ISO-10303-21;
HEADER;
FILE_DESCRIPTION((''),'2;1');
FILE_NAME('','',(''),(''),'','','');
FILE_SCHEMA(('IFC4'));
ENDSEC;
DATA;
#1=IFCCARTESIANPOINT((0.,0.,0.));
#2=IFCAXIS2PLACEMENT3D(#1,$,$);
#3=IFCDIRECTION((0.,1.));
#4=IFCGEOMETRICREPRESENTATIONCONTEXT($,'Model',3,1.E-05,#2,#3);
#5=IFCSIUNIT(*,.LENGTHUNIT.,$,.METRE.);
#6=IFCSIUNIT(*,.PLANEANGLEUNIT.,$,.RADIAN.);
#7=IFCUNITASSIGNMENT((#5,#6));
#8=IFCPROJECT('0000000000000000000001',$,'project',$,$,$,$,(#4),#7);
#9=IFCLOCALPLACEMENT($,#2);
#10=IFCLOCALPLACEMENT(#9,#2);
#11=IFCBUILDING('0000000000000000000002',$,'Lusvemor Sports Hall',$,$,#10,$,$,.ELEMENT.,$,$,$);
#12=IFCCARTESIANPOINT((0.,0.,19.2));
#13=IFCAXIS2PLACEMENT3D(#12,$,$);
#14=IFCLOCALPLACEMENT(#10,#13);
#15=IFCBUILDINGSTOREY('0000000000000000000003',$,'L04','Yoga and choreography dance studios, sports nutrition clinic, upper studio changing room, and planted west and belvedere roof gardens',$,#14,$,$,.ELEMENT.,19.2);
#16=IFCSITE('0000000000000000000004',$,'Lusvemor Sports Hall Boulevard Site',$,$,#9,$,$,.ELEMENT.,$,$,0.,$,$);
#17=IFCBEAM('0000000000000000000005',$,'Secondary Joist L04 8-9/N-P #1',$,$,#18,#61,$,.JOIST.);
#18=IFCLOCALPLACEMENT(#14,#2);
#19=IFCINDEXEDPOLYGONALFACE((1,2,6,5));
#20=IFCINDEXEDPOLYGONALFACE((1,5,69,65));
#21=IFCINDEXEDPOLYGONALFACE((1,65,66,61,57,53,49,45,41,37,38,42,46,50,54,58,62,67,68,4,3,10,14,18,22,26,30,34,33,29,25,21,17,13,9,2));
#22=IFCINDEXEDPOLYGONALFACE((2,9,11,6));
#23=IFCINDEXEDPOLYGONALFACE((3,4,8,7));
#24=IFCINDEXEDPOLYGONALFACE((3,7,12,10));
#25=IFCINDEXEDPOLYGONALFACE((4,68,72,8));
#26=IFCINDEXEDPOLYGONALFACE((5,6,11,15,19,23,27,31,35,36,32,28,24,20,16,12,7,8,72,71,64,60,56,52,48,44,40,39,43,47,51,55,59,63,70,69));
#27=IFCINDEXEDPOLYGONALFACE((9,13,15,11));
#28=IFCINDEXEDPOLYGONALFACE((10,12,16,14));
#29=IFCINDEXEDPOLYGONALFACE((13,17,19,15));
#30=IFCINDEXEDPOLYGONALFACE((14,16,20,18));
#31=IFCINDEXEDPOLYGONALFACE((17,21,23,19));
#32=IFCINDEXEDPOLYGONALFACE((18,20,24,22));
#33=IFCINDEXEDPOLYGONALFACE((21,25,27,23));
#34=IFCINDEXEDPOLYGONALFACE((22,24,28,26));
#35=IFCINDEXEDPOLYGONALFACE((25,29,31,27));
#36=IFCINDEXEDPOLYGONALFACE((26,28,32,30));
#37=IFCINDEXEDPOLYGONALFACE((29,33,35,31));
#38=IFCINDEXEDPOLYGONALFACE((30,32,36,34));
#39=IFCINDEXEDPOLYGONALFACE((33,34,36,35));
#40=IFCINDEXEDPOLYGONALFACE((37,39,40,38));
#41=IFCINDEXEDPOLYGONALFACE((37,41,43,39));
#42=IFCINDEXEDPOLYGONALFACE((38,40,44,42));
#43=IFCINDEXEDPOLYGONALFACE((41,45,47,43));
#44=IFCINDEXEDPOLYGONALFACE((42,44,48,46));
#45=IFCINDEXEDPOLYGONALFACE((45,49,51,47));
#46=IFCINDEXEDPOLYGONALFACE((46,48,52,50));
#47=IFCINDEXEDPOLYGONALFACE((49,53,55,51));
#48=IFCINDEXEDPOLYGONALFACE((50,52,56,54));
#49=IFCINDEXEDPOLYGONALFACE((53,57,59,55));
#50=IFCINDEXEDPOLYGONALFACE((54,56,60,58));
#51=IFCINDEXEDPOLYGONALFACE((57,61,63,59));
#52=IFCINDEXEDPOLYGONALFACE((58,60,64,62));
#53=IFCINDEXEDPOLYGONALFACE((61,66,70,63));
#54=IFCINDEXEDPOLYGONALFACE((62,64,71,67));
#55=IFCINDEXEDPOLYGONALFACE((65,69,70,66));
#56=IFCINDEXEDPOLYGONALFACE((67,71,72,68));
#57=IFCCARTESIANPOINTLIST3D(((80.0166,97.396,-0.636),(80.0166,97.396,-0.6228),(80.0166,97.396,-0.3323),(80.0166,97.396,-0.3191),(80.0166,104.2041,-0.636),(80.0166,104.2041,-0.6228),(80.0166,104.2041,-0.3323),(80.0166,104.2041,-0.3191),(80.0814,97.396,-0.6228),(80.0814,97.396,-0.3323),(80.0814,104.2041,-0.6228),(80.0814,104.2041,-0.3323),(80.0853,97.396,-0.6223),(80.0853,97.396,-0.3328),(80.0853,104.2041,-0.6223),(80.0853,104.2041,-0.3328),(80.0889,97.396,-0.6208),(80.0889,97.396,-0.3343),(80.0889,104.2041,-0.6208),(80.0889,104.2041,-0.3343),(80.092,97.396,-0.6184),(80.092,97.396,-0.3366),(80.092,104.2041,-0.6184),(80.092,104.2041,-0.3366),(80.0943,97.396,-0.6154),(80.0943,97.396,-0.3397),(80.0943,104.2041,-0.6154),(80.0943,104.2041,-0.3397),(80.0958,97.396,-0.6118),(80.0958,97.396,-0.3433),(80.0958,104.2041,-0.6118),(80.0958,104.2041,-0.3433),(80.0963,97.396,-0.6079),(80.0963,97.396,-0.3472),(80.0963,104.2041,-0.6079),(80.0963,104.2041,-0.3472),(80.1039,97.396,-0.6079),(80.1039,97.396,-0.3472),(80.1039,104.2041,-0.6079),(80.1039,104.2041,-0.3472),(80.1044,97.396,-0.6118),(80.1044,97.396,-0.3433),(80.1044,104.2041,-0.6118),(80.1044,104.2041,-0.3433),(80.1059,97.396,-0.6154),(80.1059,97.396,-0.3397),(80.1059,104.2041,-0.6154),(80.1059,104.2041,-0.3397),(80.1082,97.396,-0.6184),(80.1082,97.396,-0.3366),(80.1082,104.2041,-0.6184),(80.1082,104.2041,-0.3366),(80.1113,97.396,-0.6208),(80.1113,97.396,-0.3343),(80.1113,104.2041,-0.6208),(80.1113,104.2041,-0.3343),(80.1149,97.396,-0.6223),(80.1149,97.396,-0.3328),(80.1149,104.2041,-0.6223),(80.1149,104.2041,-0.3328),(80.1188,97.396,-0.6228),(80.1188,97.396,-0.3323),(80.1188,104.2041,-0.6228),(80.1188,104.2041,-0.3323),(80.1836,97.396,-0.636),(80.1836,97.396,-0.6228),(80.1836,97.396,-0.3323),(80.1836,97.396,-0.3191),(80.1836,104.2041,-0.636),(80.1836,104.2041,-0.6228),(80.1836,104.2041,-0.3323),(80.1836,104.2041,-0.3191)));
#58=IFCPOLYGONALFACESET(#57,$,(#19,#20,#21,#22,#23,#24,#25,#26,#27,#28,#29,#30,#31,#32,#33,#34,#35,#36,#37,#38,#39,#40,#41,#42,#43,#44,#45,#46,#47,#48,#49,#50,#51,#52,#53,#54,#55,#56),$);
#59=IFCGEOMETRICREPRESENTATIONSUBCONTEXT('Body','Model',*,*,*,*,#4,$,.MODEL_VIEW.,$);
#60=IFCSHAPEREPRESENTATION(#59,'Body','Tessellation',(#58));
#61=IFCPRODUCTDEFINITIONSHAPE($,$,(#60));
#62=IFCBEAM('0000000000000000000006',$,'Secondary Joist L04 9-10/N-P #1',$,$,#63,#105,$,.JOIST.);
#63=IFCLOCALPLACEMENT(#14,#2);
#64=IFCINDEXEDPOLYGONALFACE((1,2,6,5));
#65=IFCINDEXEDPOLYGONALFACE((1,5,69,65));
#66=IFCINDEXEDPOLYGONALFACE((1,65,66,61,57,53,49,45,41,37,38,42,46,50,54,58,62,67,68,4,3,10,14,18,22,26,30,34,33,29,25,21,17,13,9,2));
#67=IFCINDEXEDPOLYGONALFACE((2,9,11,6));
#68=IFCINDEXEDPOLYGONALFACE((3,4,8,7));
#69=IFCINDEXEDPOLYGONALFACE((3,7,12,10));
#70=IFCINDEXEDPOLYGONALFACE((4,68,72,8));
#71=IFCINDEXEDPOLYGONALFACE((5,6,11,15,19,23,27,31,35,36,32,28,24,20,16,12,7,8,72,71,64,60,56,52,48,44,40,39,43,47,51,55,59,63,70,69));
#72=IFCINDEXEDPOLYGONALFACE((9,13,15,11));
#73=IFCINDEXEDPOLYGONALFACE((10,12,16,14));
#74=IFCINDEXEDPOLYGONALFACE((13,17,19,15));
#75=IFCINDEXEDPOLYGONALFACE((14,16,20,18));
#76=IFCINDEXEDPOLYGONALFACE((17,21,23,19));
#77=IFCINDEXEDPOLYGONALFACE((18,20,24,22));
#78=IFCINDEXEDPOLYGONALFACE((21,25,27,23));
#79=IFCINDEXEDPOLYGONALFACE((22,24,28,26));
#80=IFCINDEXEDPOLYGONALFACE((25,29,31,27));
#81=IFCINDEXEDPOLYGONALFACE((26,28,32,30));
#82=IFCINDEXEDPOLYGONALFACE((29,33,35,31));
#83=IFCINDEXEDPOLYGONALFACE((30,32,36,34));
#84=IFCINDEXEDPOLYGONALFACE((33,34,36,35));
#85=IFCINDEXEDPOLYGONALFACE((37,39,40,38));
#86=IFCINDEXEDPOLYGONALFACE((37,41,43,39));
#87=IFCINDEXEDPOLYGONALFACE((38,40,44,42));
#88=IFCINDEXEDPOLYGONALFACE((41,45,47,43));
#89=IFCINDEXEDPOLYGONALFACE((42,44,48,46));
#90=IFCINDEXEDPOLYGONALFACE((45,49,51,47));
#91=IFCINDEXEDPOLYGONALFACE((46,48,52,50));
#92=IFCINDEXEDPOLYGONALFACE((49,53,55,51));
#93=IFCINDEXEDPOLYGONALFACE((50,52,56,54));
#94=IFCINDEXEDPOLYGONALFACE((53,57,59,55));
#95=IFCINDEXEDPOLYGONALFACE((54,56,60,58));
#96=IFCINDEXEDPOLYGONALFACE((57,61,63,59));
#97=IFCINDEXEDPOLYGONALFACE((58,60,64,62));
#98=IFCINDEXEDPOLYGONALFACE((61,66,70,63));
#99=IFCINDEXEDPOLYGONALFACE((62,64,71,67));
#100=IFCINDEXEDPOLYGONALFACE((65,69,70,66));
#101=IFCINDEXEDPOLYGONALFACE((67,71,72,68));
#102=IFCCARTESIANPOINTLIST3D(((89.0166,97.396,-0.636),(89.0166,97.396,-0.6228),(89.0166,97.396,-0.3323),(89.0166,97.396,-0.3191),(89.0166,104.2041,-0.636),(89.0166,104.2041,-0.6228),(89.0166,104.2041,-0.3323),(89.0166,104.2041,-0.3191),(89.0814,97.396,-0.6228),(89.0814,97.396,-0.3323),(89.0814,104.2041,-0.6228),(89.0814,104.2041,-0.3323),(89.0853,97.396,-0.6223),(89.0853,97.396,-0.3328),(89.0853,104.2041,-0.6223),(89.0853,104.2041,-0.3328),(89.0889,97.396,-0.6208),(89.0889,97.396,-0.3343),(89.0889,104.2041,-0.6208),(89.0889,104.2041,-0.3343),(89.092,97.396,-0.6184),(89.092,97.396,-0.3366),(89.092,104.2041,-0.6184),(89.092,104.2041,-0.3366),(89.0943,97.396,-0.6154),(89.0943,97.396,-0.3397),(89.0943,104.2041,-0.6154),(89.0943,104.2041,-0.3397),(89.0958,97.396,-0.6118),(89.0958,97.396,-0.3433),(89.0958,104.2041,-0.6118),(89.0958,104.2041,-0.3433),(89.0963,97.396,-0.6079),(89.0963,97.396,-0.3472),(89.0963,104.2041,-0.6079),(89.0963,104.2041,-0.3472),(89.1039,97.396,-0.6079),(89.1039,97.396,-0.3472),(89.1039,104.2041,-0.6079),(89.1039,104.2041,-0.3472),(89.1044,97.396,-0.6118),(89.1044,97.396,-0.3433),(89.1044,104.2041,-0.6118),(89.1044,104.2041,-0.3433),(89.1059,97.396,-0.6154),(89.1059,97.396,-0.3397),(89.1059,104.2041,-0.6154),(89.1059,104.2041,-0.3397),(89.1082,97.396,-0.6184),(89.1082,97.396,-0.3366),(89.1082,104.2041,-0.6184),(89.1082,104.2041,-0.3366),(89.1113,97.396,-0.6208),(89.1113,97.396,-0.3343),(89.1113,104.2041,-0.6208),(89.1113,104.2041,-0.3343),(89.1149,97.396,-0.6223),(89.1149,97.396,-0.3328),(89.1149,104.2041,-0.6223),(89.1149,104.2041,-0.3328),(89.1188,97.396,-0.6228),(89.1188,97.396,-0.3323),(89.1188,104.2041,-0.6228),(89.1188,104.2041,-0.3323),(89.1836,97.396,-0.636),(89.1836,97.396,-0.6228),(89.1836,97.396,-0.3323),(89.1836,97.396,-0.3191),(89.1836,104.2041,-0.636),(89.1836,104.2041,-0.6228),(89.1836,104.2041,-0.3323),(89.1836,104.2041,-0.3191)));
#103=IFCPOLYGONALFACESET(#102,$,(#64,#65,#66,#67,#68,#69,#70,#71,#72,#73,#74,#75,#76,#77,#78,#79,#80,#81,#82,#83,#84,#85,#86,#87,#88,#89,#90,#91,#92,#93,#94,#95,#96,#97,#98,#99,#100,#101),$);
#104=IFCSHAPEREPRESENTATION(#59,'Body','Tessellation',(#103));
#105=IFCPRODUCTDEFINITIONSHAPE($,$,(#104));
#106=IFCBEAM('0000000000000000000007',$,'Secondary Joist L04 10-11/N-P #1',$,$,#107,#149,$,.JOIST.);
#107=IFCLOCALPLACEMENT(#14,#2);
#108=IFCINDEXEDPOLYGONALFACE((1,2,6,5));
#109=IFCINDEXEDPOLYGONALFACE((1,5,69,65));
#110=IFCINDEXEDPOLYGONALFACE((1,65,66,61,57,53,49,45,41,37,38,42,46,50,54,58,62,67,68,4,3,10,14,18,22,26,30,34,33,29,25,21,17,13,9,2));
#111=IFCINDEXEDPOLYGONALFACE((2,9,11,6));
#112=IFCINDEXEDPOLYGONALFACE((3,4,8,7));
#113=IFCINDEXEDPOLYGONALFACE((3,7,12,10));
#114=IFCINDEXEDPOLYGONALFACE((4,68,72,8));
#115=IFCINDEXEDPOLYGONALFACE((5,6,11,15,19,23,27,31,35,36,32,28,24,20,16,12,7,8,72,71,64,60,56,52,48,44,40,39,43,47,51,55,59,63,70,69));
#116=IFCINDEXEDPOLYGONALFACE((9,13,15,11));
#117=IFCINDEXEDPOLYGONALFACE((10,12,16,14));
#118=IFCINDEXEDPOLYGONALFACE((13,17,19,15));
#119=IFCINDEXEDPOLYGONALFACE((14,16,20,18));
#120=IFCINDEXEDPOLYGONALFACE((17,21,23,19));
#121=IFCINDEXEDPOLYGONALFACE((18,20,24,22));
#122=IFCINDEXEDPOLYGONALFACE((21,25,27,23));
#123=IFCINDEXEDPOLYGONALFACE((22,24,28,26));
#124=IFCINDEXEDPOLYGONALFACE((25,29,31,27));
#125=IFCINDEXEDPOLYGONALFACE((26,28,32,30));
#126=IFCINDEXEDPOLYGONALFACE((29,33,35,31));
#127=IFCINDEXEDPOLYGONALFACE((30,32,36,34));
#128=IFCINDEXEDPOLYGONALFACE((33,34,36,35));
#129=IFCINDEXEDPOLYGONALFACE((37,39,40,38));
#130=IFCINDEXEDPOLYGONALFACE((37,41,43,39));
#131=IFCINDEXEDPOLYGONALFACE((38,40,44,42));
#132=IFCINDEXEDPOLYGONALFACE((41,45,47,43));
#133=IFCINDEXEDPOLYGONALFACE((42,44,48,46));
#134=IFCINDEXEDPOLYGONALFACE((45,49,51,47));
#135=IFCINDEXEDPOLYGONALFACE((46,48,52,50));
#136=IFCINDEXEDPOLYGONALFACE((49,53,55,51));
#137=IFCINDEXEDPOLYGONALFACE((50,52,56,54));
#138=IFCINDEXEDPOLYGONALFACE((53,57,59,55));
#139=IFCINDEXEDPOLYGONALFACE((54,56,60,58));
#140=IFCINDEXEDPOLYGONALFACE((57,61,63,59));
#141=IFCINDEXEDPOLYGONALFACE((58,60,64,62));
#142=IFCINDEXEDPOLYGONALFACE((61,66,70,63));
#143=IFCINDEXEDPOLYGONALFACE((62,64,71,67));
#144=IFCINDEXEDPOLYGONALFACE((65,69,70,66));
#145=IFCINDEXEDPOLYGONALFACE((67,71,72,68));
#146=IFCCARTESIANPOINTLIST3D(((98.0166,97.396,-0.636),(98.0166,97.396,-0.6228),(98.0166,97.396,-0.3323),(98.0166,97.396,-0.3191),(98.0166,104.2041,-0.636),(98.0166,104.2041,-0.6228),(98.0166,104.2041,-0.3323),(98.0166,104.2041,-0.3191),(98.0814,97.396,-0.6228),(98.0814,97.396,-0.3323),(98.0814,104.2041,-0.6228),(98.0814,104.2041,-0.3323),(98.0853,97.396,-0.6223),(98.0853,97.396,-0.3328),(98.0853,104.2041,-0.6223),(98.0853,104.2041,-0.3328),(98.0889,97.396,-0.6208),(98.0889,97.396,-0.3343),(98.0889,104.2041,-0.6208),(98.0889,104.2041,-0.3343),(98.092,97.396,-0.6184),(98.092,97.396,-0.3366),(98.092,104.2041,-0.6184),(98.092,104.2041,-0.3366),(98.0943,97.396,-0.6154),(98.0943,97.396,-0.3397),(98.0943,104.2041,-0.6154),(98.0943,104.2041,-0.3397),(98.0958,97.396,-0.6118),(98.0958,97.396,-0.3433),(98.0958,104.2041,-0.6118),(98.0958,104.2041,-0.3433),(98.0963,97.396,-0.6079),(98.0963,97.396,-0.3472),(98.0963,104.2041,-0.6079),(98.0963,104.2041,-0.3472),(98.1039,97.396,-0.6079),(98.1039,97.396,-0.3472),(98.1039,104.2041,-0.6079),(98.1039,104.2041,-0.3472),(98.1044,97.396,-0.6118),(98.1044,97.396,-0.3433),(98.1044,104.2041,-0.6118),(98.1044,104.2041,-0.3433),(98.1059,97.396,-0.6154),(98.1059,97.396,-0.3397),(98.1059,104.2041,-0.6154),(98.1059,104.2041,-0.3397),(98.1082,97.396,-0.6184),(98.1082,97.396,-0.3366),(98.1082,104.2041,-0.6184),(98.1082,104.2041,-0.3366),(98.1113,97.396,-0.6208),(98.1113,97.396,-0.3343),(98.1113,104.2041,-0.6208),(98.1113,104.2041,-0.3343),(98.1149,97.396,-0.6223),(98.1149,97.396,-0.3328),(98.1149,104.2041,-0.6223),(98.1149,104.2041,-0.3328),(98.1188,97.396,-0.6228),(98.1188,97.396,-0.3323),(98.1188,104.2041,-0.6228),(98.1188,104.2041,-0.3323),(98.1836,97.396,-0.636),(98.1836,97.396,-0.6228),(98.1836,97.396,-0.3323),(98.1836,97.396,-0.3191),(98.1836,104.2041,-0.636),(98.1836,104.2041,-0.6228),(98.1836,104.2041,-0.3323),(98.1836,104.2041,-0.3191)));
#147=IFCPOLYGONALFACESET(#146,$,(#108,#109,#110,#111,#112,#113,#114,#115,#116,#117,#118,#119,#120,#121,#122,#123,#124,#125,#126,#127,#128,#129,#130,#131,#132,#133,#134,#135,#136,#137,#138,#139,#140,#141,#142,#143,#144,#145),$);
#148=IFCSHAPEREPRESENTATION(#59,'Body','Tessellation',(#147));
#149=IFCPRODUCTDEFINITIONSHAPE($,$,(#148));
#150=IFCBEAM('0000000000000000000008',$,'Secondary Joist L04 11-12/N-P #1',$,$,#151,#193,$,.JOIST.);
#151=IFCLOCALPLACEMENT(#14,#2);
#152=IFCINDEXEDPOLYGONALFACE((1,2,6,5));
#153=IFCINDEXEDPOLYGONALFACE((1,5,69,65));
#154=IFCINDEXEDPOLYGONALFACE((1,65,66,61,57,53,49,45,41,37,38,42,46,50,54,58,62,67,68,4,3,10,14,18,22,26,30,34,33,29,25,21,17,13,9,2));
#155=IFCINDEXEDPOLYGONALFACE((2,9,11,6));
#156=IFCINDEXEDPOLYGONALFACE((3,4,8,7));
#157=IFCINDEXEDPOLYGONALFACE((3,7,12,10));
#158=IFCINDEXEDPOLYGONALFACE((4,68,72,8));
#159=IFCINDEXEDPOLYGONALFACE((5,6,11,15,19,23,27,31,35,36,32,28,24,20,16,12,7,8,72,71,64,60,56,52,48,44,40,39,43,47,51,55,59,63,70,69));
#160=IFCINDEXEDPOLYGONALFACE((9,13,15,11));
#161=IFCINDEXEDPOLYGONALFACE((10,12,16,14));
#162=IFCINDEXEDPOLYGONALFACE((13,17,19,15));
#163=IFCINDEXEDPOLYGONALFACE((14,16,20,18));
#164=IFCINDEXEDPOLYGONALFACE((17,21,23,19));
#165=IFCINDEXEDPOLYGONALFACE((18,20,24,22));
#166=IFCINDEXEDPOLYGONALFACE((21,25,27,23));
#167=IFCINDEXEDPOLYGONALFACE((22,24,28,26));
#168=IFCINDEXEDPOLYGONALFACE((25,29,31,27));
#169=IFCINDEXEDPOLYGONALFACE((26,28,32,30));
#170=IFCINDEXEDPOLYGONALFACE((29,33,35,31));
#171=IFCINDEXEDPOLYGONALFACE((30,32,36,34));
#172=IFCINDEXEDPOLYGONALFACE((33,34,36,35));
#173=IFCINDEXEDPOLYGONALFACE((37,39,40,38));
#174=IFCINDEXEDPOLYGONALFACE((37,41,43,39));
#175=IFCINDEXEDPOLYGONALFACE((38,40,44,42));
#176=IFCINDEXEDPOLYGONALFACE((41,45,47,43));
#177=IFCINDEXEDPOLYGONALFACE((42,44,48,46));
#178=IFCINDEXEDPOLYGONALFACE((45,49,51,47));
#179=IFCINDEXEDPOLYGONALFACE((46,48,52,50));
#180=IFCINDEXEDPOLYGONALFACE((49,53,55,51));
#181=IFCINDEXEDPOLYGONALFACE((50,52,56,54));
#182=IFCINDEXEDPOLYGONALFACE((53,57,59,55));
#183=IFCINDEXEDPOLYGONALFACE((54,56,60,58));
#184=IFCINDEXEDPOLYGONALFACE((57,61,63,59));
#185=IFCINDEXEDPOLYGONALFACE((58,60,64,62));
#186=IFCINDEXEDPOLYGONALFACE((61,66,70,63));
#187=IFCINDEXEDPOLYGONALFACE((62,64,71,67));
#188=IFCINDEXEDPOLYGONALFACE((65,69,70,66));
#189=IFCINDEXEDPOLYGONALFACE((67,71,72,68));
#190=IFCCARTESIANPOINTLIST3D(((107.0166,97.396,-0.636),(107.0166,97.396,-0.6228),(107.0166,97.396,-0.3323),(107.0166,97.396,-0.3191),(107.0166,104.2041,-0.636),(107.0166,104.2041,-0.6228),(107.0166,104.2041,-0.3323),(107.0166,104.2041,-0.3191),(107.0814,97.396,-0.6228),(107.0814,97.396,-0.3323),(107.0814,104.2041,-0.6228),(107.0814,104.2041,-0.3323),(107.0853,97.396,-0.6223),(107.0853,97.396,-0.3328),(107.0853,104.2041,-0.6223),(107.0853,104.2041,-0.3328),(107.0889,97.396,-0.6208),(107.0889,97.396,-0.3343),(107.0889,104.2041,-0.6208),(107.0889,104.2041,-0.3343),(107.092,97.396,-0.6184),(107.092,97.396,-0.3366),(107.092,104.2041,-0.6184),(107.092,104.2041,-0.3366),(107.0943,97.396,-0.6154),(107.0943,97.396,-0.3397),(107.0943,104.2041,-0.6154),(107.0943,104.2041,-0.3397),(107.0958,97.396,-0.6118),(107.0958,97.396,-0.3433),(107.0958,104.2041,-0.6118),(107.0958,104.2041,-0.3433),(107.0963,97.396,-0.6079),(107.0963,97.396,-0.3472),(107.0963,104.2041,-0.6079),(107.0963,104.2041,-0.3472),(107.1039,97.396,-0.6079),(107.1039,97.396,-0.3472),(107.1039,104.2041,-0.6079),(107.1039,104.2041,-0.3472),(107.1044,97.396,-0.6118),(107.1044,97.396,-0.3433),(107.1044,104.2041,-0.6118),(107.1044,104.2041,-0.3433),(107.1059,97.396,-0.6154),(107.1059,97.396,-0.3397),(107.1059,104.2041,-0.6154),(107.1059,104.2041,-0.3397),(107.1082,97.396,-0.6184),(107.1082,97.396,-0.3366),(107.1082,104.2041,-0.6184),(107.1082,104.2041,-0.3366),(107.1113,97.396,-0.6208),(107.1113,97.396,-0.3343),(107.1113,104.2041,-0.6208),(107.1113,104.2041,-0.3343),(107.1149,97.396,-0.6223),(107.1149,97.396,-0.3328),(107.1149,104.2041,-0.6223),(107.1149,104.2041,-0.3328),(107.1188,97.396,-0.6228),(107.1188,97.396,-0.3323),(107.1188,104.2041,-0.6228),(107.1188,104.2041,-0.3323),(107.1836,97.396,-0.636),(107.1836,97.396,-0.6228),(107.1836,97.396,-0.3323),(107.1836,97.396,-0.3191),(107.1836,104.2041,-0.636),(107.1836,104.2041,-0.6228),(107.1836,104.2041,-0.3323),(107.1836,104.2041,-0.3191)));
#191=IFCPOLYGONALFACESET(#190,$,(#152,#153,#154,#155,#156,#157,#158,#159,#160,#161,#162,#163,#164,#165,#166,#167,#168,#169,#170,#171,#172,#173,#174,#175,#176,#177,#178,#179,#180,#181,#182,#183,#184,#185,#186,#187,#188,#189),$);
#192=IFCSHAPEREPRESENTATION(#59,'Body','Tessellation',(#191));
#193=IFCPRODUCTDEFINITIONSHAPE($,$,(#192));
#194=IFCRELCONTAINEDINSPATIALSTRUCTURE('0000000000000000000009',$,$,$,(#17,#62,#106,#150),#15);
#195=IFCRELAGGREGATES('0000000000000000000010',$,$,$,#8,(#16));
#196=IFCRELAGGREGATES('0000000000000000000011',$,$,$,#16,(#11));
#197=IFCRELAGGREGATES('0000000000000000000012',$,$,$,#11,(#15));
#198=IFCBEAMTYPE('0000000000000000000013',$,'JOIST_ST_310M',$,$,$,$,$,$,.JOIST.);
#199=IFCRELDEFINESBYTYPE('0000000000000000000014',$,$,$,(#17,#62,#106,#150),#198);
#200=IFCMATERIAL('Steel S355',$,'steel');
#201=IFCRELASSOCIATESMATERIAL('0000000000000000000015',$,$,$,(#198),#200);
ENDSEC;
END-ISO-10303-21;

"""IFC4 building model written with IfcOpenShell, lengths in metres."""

from ifc_helpers import new_model, si_unit, direction, frame, origin, origin_2d, place, context, subcontext, project, spatial, i_section, extrude, material, material_profile, profile_set, type_object, element, save


model = new_model("IFC4")

# Units and contexts
model_context = context("Model", 3, precision=1e-05, world=origin(), true_north=direction((0.0, 1.0)))
body_context = subcontext(model_context, "Body", "Model", "MODEL_VIEW")
ifc_project = project(units=[si_unit("LENGTHUNIT", "METRE"), si_unit("PLANEANGLEUNIT", "RADIAN")], contexts=[model_context])

# Site, building, storey
site_placement = place(None, origin())
site = spatial("IfcSite", under=ifc_project, at=site_placement, Name="Lusvemor Sports Hall Boulevard Site", CompositionType="ELEMENT", RefElevation=0.0)
building_placement = place(site_placement, origin())
building = spatial("IfcBuilding", under=site, at=building_placement, Name="Lusvemor Sports Hall", CompositionType="ELEMENT")
storey_placement = place(building_placement, frame((0.0, 0.0, 19.2)))
storey = spatial("IfcBuildingStorey", under=building, at=storey_placement, Name="L04", Description="Yoga and choreography dance studios, sports nutrition clinic, upper studio changing room, and planted west and belvedere roof gardens", CompositionType="ELEMENT", Elevation=19.2)

# Beams
ifc_material_1 = material(Name="Steel S355", Category="steel")
ifc_material_profile_1 = material_profile(ifc_material_1, i_section(OverallWidth=0.167, OverallDepth=0.3169, WebThickness=0.0076, FlangeThickness=0.0132, FilletRadius=0.0149, at=origin_2d()), Name="W310x52.0")
ifc_profile_set_1 = profile_set([ifc_material_profile_1], Name="Steel S355")
beam_type_1 = type_object("IfcBeamType", Name="JOIST_ST_310M", PredefinedType="JOIST", material=ifc_profile_set_1)
for number, where, z_axis, x_axis, name in (
    (1, (80.1001, 97.396, -0.4775), (0.0, 1.0, 0.0), (-1.0, 0.0, 0.0), "Secondary Joist L04 8-9/N-P #1"),
    (2, (89.1001, 97.396, -0.4775), (0.0, 1.0, 0.0), (-1.0, 0.0, 0.0), "Secondary Joist L04 9-10/N-P #1"),
    (3, (98.1001, 97.396, -0.4775), (0.0, 1.0, 0.0), (-1.0, 0.0, 0.0), "Secondary Joist L04 10-11/N-P #1"),
    (4, (107.1001, 97.396, -0.4775), (0.0, 1.0, 0.0), (-1.0, 0.0, 0.0), "Secondary Joist L04 11-12/N-P #1"),
):
    element("IfcBeam", number, at=place(storey_placement, frame(where, z_axis=z_axis, x_axis=x_axis)), inside=storey, type_object=beam_type_1, Name=name, PredefinedType="JOIST", context=body_context, shape_type="SweptSolid", body=[
        extrude(i_section(OverallWidth=0.167, OverallDepth=0.3169, WebThickness=0.0076, FlangeThickness=0.0132, FilletRadius=0.0149, at=origin_2d()), origin(), (0.0, 0.0, 1.0), 6.8081),
    ])

save(model, "model.ifc")
